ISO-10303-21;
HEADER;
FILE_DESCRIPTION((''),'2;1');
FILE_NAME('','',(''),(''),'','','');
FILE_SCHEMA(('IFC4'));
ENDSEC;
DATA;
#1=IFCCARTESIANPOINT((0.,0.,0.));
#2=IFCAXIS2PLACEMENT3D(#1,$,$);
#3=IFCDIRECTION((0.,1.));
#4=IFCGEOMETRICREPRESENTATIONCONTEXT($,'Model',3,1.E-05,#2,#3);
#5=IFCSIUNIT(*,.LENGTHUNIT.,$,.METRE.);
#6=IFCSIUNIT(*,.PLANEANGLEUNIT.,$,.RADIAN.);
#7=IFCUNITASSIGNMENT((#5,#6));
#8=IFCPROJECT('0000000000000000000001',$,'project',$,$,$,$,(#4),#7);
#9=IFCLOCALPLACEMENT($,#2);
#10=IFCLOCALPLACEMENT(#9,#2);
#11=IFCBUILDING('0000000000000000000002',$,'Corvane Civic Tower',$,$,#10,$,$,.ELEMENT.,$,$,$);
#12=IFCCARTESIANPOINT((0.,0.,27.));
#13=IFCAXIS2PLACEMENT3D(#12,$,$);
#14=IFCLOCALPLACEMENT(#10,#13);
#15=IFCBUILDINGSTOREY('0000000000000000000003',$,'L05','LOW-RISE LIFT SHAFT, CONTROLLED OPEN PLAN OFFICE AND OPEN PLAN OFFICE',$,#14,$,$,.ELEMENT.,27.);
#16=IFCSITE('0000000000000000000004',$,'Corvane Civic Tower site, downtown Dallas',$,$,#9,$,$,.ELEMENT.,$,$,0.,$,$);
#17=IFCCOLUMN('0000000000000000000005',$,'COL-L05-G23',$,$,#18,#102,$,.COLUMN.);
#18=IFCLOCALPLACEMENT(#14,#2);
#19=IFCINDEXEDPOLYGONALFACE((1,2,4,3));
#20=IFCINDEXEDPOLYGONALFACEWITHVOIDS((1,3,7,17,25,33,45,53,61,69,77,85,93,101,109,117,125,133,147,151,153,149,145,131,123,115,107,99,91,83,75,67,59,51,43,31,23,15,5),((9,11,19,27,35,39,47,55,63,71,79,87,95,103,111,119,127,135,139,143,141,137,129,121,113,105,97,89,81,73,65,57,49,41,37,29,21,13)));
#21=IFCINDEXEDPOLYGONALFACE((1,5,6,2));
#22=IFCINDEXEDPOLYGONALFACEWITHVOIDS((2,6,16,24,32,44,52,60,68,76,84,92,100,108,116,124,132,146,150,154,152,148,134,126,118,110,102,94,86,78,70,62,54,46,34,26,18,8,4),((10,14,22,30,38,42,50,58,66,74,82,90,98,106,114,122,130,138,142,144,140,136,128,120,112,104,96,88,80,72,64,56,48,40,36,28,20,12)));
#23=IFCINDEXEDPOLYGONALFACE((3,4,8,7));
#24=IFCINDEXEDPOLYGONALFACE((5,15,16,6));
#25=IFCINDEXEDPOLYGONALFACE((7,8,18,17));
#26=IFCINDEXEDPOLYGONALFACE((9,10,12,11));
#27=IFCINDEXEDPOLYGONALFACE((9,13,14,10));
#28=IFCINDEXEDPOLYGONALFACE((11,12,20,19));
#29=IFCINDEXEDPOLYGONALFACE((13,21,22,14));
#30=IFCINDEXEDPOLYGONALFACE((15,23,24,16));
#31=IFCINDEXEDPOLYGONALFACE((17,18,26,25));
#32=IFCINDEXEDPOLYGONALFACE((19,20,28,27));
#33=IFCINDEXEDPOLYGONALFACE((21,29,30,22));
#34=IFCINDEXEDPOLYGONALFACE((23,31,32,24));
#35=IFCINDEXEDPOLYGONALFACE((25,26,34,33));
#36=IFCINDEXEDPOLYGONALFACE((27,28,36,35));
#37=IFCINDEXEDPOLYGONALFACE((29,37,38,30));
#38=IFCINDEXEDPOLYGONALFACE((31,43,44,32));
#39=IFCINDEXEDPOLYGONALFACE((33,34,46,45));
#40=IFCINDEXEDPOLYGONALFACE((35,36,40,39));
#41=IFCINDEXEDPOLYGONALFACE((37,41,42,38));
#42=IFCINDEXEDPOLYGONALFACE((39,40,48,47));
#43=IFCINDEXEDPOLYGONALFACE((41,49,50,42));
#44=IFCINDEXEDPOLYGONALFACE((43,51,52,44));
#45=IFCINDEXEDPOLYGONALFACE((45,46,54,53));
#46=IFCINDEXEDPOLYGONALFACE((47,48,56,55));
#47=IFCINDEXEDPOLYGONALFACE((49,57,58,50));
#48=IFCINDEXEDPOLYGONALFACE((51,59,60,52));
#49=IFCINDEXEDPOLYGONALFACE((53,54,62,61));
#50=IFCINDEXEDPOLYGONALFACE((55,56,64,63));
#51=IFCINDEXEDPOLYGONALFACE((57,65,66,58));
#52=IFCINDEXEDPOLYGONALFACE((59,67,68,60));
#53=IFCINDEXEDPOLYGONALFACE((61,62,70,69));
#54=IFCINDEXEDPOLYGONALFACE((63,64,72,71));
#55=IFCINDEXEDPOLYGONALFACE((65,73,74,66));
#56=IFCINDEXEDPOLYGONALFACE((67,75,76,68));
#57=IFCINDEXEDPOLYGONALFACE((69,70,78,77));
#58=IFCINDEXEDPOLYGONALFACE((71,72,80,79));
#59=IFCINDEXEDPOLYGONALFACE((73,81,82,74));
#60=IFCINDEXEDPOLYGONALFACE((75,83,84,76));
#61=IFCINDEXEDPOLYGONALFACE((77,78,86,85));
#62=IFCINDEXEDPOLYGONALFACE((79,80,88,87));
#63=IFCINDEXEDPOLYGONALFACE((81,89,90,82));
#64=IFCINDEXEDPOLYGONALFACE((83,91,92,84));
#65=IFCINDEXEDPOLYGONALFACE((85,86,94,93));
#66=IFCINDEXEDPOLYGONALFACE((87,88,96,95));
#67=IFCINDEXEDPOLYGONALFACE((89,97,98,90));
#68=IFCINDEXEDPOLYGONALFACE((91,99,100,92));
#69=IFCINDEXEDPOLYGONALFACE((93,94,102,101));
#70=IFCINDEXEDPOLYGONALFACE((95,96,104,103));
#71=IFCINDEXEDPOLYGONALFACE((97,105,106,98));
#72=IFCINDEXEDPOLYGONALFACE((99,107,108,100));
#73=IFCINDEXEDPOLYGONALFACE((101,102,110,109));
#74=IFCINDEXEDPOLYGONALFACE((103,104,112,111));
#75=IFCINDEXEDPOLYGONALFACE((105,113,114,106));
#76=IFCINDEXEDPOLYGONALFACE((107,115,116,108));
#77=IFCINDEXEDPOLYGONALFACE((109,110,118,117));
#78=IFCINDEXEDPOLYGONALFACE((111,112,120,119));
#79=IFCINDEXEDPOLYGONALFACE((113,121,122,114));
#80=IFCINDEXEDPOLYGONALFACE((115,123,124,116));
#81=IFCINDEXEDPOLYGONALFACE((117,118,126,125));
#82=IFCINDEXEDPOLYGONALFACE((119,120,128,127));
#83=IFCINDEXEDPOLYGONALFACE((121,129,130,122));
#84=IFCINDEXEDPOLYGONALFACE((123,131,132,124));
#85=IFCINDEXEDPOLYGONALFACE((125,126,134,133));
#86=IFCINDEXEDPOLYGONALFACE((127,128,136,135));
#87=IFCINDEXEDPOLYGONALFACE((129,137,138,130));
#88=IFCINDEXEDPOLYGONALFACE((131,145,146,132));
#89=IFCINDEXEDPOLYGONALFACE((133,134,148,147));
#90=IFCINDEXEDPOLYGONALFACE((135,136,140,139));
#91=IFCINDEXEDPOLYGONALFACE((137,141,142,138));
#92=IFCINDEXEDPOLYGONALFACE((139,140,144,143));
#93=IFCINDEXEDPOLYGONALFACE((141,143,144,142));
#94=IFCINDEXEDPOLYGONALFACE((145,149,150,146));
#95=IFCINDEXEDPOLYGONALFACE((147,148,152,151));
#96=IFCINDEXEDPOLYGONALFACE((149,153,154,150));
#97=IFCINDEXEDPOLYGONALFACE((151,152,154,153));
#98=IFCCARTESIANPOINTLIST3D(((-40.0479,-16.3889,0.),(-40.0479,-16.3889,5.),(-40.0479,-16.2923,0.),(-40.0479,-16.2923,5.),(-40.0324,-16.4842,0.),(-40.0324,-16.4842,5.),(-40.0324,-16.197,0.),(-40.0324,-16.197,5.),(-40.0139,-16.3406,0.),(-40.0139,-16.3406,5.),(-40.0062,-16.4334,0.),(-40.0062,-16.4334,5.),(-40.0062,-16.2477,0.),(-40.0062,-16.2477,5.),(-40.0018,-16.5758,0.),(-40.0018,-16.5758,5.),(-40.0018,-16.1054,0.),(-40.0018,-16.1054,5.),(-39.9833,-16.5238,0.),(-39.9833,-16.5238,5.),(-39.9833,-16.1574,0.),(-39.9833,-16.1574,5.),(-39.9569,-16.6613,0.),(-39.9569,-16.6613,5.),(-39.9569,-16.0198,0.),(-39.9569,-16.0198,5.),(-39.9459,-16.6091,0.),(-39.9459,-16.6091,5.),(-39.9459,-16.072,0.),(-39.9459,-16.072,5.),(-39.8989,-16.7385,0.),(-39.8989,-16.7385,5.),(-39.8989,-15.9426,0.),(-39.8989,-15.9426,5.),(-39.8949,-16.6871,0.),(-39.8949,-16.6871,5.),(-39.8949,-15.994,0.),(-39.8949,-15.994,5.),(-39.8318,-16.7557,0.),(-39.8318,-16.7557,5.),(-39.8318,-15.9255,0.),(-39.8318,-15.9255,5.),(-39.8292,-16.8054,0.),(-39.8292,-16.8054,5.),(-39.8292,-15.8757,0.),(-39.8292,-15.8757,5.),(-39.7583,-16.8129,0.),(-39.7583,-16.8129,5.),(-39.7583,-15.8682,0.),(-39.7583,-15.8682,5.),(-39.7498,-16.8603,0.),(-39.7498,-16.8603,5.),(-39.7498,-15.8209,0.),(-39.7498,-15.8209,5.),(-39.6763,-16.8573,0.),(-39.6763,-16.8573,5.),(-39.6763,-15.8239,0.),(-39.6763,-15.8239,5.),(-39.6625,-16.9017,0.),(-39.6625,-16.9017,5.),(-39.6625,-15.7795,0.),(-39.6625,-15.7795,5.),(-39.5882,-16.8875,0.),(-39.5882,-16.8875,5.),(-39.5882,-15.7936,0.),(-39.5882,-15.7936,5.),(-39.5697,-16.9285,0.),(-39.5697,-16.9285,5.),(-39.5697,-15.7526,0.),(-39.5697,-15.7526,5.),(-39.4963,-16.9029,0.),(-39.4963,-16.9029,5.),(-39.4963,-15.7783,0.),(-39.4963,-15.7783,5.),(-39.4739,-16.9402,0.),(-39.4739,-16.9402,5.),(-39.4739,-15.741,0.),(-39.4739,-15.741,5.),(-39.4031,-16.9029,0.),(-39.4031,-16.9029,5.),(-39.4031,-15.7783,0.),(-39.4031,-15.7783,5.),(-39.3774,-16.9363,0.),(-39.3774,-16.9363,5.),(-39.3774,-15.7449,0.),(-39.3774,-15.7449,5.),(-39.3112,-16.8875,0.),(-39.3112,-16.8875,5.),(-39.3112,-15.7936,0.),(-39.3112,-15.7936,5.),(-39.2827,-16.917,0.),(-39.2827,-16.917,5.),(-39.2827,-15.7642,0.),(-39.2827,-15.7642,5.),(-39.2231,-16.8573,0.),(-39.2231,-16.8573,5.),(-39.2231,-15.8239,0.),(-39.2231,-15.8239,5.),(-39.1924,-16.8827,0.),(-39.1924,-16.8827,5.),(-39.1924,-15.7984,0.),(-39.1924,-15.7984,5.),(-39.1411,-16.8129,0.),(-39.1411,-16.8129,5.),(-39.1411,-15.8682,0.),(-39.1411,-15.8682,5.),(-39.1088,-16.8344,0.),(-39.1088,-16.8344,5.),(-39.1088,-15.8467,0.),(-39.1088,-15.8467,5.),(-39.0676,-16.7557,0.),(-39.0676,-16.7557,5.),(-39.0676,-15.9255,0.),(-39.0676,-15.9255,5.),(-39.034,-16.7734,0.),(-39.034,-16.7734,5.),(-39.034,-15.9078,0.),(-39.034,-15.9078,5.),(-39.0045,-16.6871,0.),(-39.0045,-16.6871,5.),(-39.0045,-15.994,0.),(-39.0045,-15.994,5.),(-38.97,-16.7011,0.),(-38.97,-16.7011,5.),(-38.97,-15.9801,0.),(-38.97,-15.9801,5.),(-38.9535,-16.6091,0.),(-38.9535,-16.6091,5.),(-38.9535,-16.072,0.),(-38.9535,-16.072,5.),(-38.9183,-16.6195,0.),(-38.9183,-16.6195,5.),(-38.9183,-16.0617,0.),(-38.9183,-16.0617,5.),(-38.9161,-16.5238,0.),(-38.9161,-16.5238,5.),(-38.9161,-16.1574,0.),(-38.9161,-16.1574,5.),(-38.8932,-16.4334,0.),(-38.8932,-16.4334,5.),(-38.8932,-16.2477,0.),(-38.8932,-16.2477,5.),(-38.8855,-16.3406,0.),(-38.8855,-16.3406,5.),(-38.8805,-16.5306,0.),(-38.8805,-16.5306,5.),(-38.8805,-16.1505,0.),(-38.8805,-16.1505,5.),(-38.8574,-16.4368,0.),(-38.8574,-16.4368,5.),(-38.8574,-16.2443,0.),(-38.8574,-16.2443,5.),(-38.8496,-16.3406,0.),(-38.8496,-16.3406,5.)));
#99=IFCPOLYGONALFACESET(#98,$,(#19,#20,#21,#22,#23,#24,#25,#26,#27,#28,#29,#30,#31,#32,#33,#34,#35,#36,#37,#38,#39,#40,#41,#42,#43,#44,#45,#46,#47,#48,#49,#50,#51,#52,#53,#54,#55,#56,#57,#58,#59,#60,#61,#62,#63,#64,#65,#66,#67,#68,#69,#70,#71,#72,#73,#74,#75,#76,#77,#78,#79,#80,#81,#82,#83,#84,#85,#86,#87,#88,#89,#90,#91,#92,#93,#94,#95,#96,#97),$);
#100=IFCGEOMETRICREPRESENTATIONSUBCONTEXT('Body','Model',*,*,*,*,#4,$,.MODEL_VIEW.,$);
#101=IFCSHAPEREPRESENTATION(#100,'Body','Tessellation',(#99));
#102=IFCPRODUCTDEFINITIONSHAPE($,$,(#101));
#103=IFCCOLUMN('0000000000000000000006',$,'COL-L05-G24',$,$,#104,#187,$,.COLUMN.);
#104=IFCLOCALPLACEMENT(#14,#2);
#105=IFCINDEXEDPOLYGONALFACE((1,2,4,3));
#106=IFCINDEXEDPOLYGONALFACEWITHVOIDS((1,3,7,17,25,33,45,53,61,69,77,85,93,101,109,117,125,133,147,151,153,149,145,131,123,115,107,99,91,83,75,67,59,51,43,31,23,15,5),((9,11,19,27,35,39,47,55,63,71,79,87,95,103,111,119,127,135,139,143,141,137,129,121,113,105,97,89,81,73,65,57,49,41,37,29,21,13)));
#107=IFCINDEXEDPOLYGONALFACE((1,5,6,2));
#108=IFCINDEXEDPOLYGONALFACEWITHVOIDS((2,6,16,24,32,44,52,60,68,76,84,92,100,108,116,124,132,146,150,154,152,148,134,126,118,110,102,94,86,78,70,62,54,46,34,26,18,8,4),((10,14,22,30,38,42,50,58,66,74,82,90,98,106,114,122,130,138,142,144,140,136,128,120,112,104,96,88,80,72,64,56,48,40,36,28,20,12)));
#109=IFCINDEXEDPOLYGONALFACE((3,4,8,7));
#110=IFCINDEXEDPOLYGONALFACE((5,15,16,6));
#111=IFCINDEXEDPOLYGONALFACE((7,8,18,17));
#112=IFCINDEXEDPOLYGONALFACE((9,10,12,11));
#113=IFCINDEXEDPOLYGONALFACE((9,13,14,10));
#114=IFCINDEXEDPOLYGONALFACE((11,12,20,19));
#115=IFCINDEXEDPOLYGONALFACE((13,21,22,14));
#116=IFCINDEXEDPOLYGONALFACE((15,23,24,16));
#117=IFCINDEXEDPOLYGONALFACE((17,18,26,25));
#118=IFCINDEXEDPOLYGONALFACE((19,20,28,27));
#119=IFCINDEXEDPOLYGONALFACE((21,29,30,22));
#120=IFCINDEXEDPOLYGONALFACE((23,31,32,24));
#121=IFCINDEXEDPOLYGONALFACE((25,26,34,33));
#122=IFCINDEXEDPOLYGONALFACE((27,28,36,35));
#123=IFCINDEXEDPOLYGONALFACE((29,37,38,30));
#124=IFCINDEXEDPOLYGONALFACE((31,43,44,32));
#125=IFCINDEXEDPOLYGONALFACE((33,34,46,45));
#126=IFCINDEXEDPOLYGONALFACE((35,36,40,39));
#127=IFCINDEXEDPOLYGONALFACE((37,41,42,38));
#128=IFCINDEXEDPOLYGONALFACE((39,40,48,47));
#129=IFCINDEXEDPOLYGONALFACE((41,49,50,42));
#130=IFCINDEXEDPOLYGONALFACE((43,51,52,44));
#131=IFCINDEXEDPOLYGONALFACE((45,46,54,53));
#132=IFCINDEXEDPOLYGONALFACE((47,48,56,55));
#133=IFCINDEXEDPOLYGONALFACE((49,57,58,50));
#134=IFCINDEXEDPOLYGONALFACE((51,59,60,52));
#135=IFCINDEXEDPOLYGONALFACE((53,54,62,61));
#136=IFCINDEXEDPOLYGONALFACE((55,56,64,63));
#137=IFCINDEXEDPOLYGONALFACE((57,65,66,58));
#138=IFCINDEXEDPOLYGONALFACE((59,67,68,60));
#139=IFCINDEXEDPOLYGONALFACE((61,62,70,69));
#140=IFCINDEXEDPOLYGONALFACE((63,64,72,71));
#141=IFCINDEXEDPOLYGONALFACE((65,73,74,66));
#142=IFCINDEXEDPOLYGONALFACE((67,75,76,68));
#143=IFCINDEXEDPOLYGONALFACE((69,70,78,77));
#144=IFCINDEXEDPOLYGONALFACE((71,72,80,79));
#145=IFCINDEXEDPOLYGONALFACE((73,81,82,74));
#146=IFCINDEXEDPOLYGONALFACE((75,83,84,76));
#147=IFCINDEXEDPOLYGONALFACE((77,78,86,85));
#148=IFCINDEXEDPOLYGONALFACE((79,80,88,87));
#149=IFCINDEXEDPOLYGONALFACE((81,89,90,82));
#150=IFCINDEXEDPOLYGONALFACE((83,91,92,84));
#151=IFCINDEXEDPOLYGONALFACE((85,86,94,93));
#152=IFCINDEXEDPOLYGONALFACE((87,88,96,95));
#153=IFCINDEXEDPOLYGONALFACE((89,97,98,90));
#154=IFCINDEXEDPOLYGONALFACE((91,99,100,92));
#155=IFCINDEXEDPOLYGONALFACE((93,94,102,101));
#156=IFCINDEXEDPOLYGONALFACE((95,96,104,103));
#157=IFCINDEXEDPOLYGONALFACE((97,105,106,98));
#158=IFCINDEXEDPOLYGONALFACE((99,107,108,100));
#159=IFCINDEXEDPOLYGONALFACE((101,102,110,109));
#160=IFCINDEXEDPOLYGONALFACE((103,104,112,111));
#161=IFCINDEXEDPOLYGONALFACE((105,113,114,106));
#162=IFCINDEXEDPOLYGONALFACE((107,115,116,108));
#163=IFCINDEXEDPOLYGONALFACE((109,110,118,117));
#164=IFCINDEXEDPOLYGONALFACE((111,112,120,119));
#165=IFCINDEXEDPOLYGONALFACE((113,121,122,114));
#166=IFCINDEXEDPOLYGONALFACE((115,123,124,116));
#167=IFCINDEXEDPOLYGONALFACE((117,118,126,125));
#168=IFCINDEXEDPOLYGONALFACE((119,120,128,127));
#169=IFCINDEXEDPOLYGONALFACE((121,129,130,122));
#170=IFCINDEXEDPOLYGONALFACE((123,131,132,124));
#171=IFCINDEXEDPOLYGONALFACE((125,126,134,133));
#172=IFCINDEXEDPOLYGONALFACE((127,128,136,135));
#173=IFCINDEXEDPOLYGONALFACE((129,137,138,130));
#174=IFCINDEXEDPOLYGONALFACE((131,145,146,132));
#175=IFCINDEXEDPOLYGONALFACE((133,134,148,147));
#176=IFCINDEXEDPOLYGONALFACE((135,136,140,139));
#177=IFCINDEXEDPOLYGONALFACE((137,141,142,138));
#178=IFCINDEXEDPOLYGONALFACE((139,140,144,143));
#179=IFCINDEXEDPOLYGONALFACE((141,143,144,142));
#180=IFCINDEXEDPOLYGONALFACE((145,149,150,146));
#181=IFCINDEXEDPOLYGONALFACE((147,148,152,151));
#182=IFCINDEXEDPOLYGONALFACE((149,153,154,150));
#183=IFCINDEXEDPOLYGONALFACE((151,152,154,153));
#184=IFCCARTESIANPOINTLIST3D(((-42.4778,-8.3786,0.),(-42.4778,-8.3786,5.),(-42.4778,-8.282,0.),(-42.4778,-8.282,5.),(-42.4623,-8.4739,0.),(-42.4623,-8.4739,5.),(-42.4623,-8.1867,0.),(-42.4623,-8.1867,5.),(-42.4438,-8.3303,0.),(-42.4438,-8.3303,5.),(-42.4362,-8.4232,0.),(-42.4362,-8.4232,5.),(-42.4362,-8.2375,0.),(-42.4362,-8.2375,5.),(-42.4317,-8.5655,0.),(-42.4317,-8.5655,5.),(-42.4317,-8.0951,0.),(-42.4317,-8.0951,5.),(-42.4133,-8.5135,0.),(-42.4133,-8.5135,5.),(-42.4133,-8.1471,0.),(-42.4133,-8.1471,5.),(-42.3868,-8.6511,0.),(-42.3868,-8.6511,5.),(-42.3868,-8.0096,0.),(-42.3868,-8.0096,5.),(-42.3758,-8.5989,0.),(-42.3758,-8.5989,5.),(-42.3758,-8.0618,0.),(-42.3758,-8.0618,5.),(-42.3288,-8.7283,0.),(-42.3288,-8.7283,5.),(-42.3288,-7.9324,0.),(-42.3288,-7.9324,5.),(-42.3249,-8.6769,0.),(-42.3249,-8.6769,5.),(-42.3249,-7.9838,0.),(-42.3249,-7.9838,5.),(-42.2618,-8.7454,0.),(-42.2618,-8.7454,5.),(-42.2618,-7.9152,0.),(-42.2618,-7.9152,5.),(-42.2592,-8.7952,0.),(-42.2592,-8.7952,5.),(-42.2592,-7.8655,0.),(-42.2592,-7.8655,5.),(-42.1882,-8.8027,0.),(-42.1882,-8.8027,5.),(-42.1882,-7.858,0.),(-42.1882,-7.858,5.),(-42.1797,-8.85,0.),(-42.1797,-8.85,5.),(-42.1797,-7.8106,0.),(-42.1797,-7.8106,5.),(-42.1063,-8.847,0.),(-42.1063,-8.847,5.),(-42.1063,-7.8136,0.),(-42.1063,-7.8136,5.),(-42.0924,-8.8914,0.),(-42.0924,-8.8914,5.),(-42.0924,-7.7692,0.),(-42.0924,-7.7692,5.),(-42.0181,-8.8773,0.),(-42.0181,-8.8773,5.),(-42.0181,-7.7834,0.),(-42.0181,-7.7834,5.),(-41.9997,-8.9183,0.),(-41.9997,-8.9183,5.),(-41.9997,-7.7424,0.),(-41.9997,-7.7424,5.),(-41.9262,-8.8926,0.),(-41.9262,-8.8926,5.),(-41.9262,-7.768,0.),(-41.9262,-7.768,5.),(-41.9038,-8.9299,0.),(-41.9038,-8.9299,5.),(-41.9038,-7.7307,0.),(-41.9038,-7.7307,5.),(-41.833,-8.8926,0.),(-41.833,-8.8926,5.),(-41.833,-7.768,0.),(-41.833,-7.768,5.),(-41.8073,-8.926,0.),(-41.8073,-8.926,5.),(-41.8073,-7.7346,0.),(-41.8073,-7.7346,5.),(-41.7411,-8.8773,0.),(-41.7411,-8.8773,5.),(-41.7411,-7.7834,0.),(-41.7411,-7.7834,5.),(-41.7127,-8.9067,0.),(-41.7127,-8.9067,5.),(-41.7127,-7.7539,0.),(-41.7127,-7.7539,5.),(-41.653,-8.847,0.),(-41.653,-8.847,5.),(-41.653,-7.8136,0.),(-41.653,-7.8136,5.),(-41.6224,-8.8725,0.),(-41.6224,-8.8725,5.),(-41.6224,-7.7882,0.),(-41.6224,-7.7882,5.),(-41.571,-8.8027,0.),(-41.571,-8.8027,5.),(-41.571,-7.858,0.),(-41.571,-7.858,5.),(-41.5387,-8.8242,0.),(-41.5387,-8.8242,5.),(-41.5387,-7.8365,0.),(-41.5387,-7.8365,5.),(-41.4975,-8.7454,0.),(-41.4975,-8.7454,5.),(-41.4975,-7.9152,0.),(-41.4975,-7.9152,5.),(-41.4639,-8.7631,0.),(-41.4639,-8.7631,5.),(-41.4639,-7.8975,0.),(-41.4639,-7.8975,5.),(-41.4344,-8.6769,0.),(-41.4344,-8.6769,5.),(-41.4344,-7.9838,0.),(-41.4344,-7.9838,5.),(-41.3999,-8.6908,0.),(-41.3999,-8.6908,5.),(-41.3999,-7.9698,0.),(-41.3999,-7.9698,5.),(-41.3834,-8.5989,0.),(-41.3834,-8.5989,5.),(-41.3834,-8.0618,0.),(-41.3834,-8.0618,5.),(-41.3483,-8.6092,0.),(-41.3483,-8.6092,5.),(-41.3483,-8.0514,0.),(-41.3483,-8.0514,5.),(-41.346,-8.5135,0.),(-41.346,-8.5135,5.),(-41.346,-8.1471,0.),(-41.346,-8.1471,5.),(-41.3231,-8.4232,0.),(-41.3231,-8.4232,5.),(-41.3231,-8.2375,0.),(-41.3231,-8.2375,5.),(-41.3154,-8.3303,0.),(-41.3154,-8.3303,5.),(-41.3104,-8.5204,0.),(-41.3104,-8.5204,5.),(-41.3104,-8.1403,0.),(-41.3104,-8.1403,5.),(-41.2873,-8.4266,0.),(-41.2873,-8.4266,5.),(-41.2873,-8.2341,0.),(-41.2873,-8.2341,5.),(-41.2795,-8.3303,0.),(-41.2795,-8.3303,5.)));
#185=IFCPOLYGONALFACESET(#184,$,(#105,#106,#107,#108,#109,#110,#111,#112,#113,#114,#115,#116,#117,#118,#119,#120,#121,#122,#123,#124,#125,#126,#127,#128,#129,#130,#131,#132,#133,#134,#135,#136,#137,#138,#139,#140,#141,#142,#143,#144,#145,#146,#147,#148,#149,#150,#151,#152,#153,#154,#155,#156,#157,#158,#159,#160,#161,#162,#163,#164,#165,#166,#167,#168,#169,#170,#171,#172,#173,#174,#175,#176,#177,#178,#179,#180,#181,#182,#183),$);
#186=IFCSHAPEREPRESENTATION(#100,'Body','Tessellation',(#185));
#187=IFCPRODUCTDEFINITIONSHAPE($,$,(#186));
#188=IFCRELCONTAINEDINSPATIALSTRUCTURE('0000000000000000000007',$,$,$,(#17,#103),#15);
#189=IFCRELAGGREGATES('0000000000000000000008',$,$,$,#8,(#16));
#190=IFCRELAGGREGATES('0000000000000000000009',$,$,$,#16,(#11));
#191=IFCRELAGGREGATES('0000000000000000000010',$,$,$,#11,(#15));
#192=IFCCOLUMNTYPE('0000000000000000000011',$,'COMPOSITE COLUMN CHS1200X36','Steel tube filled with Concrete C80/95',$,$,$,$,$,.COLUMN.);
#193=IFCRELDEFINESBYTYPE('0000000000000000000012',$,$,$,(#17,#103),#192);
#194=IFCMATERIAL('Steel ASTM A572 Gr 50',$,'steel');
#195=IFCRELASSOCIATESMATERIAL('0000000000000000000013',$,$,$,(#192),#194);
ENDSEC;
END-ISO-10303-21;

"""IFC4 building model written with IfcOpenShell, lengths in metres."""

from ifc_helpers import new_model, si_unit, direction, frame, origin, origin_2d, place, context, subcontext, project, spatial, hollow_circle, extrude, material, material_profile, profile_set, type_object, element, save


model = new_model("IFC4")

# Units and contexts
model_context = context("Model", 3, precision=1e-05, world=origin(), true_north=direction((0.0, 1.0)))
body_context = subcontext(model_context, "Body", "Model", "MODEL_VIEW")
ifc_project = project(units=[si_unit("LENGTHUNIT", "METRE"), si_unit("PLANEANGLEUNIT", "RADIAN")], contexts=[model_context])

# Site, building, storey
site_placement = place(None, origin())
site = spatial("IfcSite", under=ifc_project, at=site_placement, Name="Corvane Civic Tower site, downtown Dallas", CompositionType="ELEMENT", RefElevation=0.0)
building_placement = place(site_placement, origin())
building = spatial("IfcBuilding", under=site, at=building_placement, Name="Corvane Civic Tower", CompositionType="ELEMENT")
storey_placement = place(building_placement, frame((0.0, 0.0, 27.0)))
storey = spatial("IfcBuildingStorey", under=building, at=storey_placement, Name="L05", Description="LOW-RISE LIFT SHAFT, CONTROLLED OPEN PLAN OFFICE AND OPEN PLAN OFFICE", CompositionType="ELEMENT", Elevation=27.0)

# Columns
ifc_material_1 = material(Name="Steel ASTM A572 Gr 50", Category="steel")
ifc_material_profile_1 = material_profile(ifc_material_1, hollow_circle(Radius=0.6001, WallThickness=0.0359, at=origin_2d()), Name="CHS1200X36")
ifc_profile_set_1 = profile_set([ifc_material_profile_1], Name="Steel ASTM A572 Gr 50")
column_type_1 = type_object("IfcColumnType", Name="COMPOSITE COLUMN CHS1200X36", Description="Steel tube filled with Concrete C80/95", PredefinedType="COLUMN", material=ifc_profile_set_1)
for number, where, z_axis, x_axis, name in (
    (1, (-39.4497, -16.3406, 0.0), (0.0, 0.0, 1.0), (1.0, 0.0, 0.0), "COL-L05-G23"),
    (2, (-41.8796, -8.3303, 0.0), (0.0, 0.0, 1.0), (1.0, 0.0, 0.0), "COL-L05-G24"),
):
    element("IfcColumn", number, at=place(storey_placement, frame(where, z_axis=z_axis, x_axis=x_axis)), inside=storey, type_object=column_type_1, Name=name, PredefinedType="COLUMN", context=body_context, shape_type="SweptSolid", body=[
        extrude(hollow_circle(Radius=0.6001, WallThickness=0.0359, at=origin_2d()), origin(), (0.0, 0.0, 1.0), 5.0),
    ])

save(model, "model.ifc")
